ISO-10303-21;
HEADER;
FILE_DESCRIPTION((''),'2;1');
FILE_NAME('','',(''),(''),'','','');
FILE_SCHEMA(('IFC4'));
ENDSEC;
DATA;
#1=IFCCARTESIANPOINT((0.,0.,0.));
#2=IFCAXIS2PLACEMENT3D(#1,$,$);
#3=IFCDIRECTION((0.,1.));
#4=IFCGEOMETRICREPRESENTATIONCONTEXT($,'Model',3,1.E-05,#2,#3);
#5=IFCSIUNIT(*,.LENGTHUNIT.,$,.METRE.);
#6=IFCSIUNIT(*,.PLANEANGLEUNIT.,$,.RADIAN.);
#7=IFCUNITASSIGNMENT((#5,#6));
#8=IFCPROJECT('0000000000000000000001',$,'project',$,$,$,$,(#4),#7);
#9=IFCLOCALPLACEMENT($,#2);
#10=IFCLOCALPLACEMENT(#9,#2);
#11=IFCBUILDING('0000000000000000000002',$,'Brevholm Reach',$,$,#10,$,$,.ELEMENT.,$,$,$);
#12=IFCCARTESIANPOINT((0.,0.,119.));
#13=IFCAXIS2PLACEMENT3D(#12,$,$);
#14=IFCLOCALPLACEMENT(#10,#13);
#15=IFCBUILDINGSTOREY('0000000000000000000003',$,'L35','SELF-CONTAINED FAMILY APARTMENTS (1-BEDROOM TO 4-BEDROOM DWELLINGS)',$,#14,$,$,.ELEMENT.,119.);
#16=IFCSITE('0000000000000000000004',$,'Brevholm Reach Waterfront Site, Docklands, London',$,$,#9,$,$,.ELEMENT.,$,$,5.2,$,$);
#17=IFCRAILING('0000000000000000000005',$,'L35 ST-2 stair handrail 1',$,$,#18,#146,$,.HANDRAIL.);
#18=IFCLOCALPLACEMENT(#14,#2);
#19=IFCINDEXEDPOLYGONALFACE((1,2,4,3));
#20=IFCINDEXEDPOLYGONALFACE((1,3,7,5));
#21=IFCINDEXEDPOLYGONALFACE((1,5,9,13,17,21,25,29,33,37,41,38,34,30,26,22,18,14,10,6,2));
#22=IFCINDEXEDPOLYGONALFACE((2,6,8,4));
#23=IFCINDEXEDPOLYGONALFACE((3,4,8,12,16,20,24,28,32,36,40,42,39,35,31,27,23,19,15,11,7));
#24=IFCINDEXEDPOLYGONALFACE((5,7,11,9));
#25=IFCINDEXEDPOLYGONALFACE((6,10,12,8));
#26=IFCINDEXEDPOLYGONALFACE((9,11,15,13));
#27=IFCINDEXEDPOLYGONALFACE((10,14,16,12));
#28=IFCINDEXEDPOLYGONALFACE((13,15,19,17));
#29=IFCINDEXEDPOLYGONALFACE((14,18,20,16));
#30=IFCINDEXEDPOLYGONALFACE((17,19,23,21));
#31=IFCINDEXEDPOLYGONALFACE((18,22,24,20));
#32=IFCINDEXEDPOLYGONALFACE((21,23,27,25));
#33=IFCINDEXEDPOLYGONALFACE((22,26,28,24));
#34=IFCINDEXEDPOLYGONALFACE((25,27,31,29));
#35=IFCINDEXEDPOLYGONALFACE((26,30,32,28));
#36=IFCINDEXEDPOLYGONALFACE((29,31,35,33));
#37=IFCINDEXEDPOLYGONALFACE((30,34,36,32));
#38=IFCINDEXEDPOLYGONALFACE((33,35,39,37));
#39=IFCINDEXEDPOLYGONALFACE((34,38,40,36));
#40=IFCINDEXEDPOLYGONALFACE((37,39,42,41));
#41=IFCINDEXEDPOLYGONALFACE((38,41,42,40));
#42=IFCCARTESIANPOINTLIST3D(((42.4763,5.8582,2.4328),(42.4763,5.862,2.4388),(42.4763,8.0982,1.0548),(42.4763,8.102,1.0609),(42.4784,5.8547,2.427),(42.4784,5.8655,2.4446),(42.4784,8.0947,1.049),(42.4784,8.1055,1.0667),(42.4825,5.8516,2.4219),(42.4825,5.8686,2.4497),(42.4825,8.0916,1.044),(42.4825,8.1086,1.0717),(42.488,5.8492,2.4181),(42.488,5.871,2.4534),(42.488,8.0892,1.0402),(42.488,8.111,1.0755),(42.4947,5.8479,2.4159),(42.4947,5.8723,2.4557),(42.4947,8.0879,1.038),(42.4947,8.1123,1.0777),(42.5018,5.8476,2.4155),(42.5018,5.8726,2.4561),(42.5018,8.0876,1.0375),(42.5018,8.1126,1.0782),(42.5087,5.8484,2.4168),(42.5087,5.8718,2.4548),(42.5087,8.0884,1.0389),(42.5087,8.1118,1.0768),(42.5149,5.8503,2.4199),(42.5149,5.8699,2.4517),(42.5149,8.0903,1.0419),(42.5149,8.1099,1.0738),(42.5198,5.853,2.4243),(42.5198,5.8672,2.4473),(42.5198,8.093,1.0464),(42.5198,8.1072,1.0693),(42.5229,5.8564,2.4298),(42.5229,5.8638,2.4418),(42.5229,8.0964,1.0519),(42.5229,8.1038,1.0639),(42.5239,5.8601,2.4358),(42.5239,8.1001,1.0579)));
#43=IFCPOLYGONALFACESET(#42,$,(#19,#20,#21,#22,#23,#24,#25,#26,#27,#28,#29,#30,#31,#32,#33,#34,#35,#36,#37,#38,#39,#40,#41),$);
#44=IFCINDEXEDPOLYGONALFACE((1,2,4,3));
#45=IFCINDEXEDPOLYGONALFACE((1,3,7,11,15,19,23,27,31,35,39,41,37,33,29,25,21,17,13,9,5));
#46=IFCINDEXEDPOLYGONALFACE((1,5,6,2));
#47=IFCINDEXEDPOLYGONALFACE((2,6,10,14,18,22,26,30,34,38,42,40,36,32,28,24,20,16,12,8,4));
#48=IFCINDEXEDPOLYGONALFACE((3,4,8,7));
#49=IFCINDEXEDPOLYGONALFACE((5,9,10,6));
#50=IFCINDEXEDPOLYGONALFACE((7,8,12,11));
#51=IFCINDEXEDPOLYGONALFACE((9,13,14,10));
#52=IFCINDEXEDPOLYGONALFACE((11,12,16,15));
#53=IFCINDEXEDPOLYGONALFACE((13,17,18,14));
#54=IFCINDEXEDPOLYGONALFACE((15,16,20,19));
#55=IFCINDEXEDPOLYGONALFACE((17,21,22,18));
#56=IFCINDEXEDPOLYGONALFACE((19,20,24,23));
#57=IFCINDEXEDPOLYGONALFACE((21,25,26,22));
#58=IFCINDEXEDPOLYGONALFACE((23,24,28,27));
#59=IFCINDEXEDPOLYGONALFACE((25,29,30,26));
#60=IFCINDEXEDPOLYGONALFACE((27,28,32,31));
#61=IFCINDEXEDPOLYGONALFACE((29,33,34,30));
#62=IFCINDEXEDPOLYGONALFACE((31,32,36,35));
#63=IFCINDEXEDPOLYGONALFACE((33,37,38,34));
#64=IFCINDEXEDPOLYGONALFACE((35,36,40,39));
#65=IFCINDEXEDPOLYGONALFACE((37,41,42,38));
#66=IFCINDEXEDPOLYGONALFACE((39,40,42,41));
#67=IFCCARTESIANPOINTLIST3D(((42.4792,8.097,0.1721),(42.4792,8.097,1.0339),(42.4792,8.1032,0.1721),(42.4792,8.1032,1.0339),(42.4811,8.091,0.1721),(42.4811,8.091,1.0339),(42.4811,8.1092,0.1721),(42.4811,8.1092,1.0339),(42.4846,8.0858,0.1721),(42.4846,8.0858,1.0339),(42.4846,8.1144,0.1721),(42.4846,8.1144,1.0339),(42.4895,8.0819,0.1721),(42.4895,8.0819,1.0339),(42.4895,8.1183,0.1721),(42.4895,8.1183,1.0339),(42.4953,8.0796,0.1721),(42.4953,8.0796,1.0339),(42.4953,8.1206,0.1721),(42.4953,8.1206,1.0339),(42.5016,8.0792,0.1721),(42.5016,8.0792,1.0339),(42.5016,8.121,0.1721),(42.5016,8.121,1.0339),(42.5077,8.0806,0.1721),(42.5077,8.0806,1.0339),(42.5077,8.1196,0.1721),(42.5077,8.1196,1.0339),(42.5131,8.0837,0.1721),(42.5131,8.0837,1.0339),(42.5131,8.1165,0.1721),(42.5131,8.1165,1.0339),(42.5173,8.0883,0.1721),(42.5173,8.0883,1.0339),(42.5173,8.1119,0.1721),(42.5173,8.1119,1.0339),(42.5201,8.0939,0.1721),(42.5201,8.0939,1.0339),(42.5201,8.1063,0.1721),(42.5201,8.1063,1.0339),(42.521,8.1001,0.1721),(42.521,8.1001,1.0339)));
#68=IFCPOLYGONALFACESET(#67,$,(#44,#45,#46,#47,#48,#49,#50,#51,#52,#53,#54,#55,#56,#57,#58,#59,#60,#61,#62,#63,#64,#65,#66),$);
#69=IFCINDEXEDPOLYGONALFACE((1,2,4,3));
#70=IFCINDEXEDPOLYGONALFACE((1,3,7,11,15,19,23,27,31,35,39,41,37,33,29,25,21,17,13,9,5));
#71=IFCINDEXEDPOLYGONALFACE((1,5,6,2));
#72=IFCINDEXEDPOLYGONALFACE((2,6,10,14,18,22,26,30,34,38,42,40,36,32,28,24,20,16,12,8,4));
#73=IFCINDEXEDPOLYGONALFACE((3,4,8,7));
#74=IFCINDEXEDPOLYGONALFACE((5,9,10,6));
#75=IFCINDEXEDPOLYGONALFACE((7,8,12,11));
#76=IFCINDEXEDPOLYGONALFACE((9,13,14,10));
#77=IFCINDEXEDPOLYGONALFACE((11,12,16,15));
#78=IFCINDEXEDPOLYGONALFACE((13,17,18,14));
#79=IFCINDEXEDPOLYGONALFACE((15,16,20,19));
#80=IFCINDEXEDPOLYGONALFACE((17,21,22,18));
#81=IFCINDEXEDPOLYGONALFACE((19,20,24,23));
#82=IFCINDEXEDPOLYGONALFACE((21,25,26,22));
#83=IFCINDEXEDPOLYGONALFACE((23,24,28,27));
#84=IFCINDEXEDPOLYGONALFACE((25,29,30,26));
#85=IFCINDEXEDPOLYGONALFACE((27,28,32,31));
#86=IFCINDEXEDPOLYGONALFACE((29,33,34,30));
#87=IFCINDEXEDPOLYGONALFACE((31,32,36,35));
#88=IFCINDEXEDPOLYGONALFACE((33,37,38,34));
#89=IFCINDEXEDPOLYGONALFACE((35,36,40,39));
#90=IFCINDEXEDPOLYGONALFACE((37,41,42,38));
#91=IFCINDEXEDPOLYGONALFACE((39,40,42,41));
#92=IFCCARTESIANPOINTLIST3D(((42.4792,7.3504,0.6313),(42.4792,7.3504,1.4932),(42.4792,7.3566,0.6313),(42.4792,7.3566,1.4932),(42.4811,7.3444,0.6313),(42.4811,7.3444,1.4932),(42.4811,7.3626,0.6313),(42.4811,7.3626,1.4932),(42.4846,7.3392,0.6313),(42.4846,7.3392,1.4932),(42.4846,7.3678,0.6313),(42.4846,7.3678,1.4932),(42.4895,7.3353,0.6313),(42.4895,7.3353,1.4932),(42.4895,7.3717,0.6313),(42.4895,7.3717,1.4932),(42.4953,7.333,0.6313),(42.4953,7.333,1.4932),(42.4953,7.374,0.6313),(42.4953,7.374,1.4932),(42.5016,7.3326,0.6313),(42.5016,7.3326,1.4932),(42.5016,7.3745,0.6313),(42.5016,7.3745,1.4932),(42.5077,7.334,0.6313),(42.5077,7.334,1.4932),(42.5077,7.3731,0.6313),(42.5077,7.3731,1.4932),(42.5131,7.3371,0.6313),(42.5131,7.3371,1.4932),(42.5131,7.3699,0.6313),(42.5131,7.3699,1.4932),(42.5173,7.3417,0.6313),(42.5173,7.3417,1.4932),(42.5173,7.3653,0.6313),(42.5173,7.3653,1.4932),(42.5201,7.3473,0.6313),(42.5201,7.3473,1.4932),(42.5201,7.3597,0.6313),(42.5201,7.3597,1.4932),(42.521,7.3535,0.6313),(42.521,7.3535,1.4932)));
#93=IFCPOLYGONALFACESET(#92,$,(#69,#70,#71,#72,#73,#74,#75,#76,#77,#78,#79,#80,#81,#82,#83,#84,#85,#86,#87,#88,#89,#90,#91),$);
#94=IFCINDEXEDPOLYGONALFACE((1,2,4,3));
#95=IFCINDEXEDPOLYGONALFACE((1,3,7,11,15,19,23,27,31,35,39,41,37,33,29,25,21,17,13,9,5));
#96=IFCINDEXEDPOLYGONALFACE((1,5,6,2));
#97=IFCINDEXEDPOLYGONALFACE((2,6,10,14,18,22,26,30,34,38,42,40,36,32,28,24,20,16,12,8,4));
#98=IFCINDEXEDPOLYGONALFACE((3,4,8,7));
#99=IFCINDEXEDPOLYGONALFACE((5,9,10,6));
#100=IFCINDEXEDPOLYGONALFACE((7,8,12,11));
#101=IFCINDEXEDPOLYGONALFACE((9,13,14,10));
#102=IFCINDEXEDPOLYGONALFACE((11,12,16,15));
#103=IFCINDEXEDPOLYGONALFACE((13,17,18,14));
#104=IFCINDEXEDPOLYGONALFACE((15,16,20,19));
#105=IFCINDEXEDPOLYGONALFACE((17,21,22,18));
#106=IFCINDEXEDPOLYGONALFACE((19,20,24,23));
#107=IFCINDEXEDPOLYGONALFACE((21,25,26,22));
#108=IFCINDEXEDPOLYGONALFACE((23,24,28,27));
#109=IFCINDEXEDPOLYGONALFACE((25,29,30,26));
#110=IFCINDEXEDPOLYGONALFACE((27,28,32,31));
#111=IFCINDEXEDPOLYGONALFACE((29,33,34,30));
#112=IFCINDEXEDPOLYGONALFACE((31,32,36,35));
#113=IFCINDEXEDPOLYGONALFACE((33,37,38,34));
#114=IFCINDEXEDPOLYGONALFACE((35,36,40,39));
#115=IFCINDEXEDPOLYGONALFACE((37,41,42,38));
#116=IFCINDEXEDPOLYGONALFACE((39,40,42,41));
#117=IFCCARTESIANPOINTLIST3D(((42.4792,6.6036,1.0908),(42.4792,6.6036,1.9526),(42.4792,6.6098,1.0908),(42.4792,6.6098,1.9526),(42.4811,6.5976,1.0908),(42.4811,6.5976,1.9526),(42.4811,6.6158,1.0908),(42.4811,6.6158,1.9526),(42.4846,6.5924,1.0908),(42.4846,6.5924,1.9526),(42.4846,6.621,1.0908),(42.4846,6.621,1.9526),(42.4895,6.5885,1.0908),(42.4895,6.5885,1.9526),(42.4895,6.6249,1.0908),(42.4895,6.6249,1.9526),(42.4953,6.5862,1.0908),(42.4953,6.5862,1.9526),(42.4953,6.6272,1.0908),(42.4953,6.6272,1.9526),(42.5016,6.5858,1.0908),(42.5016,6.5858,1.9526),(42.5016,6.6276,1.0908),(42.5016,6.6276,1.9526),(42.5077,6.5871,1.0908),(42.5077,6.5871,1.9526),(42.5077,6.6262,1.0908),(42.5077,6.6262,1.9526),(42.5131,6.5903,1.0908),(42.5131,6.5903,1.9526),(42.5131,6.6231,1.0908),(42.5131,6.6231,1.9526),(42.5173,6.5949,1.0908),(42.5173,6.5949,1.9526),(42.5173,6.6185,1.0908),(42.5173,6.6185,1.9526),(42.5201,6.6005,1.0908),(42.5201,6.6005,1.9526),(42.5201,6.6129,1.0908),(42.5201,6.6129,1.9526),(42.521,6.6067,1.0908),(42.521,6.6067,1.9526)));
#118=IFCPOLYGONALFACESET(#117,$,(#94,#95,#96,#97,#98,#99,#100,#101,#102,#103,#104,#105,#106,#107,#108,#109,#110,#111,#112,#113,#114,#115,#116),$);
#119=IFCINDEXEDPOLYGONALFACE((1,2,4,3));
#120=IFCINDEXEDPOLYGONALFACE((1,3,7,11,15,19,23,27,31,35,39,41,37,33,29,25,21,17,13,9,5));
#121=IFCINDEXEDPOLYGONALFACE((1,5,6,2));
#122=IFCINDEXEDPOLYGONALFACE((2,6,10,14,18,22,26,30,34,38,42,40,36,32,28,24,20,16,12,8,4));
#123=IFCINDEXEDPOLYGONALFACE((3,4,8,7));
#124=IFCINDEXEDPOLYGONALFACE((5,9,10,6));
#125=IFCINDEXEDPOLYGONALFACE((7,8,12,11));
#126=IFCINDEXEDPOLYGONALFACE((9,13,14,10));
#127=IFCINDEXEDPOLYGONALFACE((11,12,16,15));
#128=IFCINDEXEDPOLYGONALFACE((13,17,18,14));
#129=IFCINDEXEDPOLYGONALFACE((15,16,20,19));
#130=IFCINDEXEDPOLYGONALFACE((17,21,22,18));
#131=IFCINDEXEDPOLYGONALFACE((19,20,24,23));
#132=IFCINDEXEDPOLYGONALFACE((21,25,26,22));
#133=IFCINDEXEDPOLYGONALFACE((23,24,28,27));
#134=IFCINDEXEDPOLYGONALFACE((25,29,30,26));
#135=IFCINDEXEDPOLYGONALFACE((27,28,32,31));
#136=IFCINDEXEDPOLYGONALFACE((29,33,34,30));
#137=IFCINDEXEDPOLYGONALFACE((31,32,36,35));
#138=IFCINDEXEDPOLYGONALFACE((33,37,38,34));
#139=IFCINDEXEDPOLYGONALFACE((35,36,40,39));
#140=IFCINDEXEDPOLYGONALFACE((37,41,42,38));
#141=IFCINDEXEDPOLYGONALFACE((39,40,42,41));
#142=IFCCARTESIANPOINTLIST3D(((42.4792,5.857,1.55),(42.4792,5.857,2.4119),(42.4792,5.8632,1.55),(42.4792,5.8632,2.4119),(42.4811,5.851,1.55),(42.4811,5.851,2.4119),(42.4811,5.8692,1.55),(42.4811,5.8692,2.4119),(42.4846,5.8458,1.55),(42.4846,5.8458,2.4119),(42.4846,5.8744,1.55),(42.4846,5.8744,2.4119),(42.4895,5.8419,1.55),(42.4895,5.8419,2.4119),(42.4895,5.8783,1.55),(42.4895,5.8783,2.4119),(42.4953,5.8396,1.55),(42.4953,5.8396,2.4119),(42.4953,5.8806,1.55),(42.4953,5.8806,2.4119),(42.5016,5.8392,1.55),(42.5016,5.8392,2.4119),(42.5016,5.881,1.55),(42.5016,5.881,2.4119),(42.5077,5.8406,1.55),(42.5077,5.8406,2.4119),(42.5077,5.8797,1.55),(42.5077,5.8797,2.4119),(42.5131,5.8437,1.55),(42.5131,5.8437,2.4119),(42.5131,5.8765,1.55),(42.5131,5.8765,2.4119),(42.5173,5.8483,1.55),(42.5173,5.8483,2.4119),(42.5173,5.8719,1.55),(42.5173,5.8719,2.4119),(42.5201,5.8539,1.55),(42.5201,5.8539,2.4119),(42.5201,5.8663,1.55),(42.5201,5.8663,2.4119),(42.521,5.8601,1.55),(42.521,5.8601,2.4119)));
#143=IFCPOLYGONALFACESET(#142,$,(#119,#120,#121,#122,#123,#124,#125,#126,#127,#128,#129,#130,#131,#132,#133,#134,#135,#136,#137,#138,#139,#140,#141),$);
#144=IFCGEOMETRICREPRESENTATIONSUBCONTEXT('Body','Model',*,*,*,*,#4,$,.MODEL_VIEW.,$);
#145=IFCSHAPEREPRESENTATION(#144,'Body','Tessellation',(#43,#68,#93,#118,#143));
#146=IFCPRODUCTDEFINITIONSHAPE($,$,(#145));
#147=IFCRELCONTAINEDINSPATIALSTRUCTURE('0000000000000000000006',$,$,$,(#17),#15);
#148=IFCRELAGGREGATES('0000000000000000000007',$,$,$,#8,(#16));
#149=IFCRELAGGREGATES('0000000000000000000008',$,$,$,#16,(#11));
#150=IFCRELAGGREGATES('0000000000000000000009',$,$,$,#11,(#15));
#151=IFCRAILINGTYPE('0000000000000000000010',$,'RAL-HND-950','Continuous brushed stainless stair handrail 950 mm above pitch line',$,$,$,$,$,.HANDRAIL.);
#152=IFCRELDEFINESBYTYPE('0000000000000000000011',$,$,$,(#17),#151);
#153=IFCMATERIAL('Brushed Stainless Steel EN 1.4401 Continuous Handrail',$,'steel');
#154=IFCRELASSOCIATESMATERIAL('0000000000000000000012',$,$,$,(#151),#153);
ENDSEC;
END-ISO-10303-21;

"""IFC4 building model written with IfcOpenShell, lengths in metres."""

from ifc_helpers import new_model, si_unit, direction, frame, origin, origin_2d, place, context, subcontext, project, spatial, circle, extrude, material, type_object, element, save


model = new_model("IFC4")

# Units and contexts
model_context = context("Model", 3, precision=1e-05, world=origin(), true_north=direction((0.0, 1.0)))
body_context = subcontext(model_context, "Body", "Model", "MODEL_VIEW")
ifc_project = project(units=[si_unit("LENGTHUNIT", "METRE"), si_unit("PLANEANGLEUNIT", "RADIAN")], contexts=[model_context])

# Site, building, storey
site_placement = place(None, origin())
site = spatial("IfcSite", under=ifc_project, at=site_placement, Name="Brevholm Reach Waterfront Site, Docklands, London", CompositionType="ELEMENT", RefElevation=5.2)
building_placement = place(site_placement, origin())
building = spatial("IfcBuilding", under=site, at=building_placement, Name="Brevholm Reach", CompositionType="ELEMENT")
storey_placement = place(building_placement, frame((0.0, 0.0, 119.0)))
storey = spatial("IfcBuildingStorey", under=building, at=storey_placement, Name="L35", Description="SELF-CONTAINED FAMILY APARTMENTS (1-BEDROOM TO 4-BEDROOM DWELLINGS)", CompositionType="ELEMENT", Elevation=119.0)

# Railing
ifc_material_1 = material(Name="Brushed Stainless Steel EN 1.4401 Continuous Handrail", Category="steel")
railing_type_1 = type_object("IfcRailingType", Name="RAL-HND-950", Description="Continuous brushed stainless stair handrail 950 mm above pitch line", PredefinedType="HANDRAIL", material=ifc_material_1)
railing_1_placement = place(storey_placement, frame((42.5, 8.1001, 0.1721)))
element("IfcRailing", 1, at=railing_1_placement, inside=storey, type_object=railing_type_1, Name="L35 ST-2 stair handrail 1", PredefinedType="HANDRAIL", context=body_context, shape_type="SweptSolid", body=[
    extrude(circle(Radius=0.0239, at=origin_2d()), frame((0.0, 0.0, 0.8857), z_axis=(0.0, -0.851748, 0.523952), x_axis=(1.0, 0.0, 0.0)), (0.0, 0.0, 1.0), 2.6299),
    extrude(circle(Radius=0.021, at=origin_2d()), origin(), (0.0, 0.0, 1.0), 0.8618),
    extrude(circle(Radius=0.021, at=origin_2d()), frame((0.0, -0.7466, 0.4592)), (0.0, 0.0, 1.0), 0.8618),
    extrude(circle(Radius=0.021, at=origin_2d()), frame((0.0, -1.4934, 0.9187)), (0.0, 0.0, 1.0), 0.8618),
    extrude(circle(Radius=0.021, at=origin_2d()), frame((0.0, -2.24, 1.3779)), (0.0, 0.0, 1.0), 0.8618),
])

save(model, "model.ifc")
